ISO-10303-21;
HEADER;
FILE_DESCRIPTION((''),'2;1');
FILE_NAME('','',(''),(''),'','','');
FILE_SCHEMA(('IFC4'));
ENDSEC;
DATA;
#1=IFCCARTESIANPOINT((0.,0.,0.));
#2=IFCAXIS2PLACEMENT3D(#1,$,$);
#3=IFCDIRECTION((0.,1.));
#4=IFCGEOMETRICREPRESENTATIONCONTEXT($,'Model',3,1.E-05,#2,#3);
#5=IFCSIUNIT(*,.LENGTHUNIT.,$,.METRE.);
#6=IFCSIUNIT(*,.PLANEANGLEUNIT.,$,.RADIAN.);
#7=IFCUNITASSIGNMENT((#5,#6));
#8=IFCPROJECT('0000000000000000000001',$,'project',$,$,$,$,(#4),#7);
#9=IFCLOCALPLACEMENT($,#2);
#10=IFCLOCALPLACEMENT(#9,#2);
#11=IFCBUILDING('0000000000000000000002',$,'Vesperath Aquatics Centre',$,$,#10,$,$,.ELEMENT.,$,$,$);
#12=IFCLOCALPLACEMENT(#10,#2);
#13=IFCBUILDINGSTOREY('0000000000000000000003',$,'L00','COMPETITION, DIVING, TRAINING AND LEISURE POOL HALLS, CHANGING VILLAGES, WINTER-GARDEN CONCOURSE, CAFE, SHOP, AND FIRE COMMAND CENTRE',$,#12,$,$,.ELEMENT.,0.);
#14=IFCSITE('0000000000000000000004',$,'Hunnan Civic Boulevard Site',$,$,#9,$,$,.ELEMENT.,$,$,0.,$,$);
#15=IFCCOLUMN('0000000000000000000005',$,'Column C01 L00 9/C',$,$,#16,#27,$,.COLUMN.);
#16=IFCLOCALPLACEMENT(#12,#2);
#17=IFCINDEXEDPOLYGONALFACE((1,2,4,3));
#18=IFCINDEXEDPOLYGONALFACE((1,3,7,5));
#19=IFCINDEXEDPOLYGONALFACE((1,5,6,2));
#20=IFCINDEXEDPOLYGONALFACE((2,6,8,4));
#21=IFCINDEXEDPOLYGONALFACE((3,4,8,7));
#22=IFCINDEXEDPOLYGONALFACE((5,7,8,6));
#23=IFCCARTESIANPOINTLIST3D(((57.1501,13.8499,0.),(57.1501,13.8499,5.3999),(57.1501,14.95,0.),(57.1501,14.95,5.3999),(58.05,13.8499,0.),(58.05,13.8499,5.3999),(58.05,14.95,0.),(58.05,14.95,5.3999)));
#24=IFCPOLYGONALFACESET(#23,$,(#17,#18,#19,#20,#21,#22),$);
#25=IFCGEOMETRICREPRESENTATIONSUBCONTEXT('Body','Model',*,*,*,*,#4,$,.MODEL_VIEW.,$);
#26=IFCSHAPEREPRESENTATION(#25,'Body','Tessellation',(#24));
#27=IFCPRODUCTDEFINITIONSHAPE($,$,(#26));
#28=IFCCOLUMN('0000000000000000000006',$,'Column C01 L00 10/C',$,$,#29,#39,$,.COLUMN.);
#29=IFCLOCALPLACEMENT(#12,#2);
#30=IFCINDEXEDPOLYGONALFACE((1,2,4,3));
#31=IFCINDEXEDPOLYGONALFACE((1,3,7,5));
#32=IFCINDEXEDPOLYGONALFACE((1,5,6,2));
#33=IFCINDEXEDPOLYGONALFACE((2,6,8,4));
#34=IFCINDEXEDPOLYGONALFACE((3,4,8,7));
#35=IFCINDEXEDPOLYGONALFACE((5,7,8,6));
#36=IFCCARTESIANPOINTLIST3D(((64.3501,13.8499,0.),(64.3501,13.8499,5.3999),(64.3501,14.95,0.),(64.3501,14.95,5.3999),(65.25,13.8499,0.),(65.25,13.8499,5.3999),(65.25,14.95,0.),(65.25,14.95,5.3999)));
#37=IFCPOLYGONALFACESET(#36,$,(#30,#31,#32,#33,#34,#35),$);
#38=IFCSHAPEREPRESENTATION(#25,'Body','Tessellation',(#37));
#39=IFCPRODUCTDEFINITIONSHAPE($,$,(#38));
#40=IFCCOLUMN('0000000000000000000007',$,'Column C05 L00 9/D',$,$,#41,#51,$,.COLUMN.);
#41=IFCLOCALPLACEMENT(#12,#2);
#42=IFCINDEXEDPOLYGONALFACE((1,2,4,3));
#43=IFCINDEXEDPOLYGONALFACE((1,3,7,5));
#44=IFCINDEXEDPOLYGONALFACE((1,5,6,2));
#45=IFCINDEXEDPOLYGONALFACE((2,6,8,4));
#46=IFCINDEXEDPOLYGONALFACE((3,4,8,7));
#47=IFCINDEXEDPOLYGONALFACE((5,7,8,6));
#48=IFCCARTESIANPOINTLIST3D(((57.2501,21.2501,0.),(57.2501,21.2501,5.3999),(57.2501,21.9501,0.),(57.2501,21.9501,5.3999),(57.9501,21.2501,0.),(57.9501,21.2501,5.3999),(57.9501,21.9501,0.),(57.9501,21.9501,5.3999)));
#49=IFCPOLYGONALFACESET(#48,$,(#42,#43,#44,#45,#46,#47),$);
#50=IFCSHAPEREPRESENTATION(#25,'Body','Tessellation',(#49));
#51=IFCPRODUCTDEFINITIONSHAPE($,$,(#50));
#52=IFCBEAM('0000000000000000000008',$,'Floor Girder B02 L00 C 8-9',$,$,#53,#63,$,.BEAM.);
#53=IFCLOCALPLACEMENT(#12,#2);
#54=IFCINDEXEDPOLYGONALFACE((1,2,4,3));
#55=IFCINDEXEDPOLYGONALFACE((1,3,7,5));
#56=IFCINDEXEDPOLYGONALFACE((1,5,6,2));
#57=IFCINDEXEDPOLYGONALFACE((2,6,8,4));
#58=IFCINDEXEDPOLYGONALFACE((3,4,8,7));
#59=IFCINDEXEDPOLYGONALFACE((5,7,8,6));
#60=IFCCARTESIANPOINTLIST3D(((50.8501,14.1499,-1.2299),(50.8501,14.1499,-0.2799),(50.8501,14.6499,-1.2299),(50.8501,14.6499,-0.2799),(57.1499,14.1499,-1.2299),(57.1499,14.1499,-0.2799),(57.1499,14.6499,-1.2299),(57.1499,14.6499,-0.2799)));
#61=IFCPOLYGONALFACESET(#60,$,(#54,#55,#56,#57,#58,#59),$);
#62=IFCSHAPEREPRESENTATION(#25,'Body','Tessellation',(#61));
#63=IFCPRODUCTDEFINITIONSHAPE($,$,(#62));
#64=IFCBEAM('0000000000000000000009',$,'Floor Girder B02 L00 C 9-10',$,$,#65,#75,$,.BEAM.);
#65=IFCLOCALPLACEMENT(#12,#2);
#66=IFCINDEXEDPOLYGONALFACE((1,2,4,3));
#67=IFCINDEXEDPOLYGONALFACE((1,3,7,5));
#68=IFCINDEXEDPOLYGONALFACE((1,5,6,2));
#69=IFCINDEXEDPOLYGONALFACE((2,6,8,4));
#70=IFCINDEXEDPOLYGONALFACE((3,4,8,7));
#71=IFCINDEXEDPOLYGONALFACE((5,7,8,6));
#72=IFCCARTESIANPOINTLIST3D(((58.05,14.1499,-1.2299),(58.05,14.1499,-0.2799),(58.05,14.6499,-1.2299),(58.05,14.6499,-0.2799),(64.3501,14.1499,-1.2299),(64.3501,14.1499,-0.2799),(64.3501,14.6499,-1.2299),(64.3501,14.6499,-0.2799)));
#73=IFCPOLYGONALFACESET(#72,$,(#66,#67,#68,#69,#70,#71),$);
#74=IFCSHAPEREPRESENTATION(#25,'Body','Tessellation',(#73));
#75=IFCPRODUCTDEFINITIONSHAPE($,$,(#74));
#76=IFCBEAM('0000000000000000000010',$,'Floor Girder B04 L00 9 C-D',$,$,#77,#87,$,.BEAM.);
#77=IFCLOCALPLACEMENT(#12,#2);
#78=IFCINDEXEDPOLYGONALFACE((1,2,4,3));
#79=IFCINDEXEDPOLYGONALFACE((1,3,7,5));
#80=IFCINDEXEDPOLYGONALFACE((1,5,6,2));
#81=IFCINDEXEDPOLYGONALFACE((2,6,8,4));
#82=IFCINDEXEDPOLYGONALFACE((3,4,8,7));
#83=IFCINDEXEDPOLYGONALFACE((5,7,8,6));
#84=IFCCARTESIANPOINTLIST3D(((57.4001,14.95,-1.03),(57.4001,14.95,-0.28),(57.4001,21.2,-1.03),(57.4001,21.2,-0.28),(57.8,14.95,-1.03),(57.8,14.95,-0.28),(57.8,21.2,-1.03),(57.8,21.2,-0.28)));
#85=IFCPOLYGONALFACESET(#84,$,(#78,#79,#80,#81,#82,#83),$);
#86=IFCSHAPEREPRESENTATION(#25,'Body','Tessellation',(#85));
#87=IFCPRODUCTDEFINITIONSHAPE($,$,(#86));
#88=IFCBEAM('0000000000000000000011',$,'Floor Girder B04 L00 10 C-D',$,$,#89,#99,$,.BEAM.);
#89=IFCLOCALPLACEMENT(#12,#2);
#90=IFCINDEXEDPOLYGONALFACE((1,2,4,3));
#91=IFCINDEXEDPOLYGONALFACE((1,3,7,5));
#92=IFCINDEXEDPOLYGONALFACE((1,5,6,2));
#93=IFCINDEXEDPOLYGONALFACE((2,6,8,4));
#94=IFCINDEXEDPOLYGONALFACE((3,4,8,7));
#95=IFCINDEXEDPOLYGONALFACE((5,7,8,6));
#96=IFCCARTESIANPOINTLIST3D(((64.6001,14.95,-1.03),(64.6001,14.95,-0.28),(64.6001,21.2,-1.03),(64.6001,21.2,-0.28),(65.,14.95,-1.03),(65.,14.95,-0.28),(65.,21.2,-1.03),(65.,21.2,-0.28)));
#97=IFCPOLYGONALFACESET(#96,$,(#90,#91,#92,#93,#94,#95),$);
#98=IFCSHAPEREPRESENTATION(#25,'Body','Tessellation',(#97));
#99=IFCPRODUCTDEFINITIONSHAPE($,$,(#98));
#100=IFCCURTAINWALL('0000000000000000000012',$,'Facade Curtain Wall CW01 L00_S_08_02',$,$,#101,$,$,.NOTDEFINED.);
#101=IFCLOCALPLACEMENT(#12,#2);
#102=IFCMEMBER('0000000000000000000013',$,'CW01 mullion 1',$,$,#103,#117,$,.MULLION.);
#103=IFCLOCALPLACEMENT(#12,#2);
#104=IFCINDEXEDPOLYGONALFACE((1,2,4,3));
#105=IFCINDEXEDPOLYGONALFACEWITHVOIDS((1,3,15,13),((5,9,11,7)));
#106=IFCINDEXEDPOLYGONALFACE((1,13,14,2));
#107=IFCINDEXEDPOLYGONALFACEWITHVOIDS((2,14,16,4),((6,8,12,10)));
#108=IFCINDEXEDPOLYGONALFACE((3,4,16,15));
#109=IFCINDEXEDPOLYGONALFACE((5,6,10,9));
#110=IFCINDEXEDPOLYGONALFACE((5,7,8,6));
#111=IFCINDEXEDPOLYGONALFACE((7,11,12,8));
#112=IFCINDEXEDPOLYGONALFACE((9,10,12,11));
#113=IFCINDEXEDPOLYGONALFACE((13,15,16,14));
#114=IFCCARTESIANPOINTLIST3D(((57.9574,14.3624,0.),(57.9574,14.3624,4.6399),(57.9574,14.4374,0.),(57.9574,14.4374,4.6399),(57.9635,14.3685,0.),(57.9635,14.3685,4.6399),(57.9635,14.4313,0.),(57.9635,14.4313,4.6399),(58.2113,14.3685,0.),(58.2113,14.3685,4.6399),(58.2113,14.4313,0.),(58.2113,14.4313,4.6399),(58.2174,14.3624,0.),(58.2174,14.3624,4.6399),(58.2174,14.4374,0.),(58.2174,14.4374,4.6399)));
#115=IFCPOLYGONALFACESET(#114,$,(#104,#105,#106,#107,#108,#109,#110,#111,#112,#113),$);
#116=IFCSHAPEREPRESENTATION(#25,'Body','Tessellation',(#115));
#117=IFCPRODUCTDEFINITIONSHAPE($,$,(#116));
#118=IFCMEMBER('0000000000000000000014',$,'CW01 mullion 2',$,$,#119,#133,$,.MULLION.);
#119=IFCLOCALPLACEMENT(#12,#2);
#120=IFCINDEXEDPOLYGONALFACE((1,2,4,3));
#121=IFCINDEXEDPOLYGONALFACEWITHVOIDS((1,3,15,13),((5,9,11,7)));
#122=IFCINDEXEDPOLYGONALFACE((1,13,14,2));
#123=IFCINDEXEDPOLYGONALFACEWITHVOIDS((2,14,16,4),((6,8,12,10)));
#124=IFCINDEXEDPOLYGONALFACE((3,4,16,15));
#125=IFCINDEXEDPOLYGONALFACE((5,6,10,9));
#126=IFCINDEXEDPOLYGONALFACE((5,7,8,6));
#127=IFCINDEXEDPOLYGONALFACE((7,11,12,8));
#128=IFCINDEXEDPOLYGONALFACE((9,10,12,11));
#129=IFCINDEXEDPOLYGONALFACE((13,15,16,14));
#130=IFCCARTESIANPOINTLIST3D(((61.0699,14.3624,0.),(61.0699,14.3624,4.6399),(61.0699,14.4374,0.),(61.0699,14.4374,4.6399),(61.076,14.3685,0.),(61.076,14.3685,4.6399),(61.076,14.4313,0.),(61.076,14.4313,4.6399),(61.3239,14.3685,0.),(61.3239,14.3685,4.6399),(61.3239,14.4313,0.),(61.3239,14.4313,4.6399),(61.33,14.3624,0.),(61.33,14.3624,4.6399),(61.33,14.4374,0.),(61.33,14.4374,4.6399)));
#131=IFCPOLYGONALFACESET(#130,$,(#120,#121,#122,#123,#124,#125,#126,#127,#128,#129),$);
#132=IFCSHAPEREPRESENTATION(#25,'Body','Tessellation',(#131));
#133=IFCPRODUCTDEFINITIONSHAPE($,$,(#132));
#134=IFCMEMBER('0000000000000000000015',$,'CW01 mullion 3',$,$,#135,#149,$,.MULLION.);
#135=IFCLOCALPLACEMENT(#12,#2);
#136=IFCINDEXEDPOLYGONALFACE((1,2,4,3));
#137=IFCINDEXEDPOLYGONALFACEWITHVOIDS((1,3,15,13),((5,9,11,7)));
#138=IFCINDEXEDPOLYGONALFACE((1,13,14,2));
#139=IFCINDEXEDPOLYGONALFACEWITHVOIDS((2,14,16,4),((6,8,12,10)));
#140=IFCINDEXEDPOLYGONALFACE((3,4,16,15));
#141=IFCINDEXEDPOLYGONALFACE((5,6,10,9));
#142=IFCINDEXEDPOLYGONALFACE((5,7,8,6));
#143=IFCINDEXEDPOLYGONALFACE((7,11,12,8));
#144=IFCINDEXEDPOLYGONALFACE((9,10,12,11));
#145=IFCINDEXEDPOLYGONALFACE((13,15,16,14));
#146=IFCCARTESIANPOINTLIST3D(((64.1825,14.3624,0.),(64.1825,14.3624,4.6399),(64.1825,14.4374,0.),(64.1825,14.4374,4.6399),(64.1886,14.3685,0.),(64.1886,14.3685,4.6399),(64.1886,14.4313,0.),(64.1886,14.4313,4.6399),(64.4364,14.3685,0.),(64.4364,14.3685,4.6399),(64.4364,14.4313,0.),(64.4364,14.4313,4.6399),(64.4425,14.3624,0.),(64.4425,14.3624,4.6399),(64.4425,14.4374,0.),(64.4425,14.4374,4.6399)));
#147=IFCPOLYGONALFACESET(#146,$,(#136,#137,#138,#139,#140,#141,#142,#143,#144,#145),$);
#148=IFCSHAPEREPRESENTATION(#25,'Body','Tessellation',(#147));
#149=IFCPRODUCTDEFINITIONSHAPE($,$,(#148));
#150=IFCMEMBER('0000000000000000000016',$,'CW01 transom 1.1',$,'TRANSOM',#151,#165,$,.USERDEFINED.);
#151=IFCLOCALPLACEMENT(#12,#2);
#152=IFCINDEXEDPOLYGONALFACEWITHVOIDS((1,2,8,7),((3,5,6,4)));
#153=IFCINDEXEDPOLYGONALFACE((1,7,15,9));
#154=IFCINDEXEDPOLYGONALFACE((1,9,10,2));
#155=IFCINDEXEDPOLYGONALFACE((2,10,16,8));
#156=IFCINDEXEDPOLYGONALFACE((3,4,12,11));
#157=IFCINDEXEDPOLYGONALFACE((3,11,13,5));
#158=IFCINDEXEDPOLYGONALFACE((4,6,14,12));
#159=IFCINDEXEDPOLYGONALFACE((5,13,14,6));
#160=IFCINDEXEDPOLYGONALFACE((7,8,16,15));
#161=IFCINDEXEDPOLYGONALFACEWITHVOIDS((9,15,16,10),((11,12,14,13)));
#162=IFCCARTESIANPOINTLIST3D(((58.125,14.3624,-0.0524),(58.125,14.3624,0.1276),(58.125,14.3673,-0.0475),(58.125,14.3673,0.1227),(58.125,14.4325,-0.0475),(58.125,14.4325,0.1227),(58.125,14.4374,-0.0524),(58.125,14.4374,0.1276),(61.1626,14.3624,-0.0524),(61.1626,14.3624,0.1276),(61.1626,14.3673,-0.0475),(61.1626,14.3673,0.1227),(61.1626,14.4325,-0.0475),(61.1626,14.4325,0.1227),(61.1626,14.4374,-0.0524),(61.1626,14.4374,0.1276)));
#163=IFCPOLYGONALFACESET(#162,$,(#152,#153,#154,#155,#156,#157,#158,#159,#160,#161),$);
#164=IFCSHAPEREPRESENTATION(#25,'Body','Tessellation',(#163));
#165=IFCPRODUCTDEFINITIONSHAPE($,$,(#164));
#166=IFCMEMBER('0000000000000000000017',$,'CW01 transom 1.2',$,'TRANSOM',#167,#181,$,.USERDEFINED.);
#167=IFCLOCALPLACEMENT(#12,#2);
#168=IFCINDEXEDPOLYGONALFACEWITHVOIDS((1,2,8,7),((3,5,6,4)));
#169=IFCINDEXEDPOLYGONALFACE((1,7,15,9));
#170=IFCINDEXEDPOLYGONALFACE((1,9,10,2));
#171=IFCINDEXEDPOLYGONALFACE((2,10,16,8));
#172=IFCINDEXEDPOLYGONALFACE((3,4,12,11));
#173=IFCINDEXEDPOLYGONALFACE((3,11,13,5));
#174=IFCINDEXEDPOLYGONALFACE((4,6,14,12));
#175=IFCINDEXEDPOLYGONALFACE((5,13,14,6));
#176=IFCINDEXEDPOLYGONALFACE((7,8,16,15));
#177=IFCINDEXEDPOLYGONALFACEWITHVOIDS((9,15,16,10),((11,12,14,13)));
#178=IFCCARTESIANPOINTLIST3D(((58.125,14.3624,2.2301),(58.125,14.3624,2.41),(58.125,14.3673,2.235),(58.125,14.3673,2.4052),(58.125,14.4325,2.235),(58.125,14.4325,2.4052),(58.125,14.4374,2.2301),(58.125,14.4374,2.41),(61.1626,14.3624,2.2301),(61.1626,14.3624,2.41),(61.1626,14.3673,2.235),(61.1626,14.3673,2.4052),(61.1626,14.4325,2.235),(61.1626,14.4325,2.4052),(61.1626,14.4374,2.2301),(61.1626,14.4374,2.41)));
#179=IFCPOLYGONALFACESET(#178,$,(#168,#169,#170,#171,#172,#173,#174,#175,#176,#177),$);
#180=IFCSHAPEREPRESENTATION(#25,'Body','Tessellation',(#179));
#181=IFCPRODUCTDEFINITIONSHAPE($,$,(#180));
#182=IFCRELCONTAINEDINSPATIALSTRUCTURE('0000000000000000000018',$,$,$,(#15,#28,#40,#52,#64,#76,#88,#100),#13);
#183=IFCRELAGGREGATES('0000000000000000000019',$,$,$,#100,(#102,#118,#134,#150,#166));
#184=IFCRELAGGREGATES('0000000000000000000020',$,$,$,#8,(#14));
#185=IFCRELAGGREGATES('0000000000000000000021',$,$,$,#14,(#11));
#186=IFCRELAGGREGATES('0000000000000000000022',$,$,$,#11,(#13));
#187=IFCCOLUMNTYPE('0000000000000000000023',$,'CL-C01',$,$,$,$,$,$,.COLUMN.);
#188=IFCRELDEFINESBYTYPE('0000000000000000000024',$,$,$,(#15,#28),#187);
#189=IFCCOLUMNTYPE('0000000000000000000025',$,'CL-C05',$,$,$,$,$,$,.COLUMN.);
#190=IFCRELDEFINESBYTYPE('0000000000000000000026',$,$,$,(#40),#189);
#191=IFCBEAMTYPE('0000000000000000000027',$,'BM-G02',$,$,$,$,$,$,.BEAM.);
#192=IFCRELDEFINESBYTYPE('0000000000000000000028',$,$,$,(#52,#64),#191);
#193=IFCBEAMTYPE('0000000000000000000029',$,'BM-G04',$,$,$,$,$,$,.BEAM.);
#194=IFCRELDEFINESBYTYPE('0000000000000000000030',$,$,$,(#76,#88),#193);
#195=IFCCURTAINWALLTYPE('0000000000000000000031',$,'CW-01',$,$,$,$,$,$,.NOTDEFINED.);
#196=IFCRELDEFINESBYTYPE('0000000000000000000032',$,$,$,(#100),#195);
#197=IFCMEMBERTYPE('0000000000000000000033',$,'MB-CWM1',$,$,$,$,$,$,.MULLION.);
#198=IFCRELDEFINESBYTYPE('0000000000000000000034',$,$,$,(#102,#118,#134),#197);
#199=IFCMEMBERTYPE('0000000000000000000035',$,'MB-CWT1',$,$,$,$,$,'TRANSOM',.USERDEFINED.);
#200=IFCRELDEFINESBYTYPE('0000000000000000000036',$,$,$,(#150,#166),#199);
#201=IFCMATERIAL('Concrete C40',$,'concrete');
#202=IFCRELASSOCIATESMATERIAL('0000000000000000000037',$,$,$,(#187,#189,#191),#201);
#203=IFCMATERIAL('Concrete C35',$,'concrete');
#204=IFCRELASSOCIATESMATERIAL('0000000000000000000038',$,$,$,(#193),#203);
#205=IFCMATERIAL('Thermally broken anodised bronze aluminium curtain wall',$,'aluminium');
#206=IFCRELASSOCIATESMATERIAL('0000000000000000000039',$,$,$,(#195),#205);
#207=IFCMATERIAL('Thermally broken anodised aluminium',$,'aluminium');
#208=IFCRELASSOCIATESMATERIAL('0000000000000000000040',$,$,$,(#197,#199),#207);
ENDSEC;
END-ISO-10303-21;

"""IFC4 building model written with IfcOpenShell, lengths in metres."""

from ifc_helpers import new_model, si_unit, direction, frame, origin, origin_2d, place, context, subcontext, project, spatial, rectangle, hollow_rectangle, extrude, material, material_profile, profile_set, type_object, element, aggregate, save


model = new_model("IFC4")

# Units and contexts
model_context = context("Model", 3, precision=1e-05, world=origin(), true_north=direction((0.0, 1.0)))
body_context = subcontext(model_context, "Body", "Model", "MODEL_VIEW")
ifc_project = project(units=[si_unit("LENGTHUNIT", "METRE"), si_unit("PLANEANGLEUNIT", "RADIAN")], contexts=[model_context])

# Site, building, storey
site_placement = place(None, origin())
site = spatial("IfcSite", under=ifc_project, at=site_placement, Name="Hunnan Civic Boulevard Site", CompositionType="ELEMENT", RefElevation=0.0)
building_placement = place(site_placement, origin())
building = spatial("IfcBuilding", under=site, at=building_placement, Name="Vesperath Aquatics Centre", CompositionType="ELEMENT")
storey_placement = place(building_placement, origin())
storey = spatial("IfcBuildingStorey", under=building, at=storey_placement, Name="L00", Description="COMPETITION, DIVING, TRAINING AND LEISURE POOL HALLS, CHANGING VILLAGES, WINTER-GARDEN CONCOURSE, CAFE, SHOP, AND FIRE COMMAND CENTRE", CompositionType="ELEMENT", Elevation=0.0)

# Columns
ifc_material_1 = material(Name="Concrete C40", Category="concrete")
ifc_material_profile_1 = material_profile(ifc_material_1, rectangle(XDim=0.8999, YDim=1.1001, at=origin_2d()), Name="RC 1100x900")
ifc_profile_set_1 = profile_set([ifc_material_profile_1], Name="Concrete C40")
column_type_1 = type_object("IfcColumnType", Name="CL-C01", PredefinedType="COLUMN", material=ifc_profile_set_1)
for number, where, z_axis, x_axis, name in (
    (1, (57.6001, 14.3999, 0.0), (0.0, 0.0, 1.0), (1.0, 0.0, 0.0), "Column C01 L00 9/C"),
    (2, (64.8, 14.3999, 0.0), (0.0, 0.0, 1.0), (1.0, 0.0, 0.0), "Column C01 L00 10/C"),
):
    element("IfcColumn", number, at=place(storey_placement, frame(where, z_axis=z_axis, x_axis=x_axis)), inside=storey, type_object=column_type_1, Name=name, PredefinedType="COLUMN", context=body_context, shape_type="SweptSolid", body=[
        extrude(rectangle(XDim=0.8999, YDim=1.1001, at=origin_2d()), origin(), (0.0, 0.0, 1.0), 5.3999),
    ])
ifc_material_profile_2 = material_profile(ifc_material_1, rectangle(XDim=0.7, YDim=0.7, at=origin_2d()), Name="RC 700x700")
ifc_profile_set_2 = profile_set([ifc_material_profile_2], Name="Concrete C40")
column_type_2 = type_object("IfcColumnType", Name="CL-C05", PredefinedType="COLUMN", material=ifc_profile_set_2)
column_placement = place(storey_placement, frame((57.6001, 21.6001, 0.0), z_axis=(0.0, 0.0, 1.0), x_axis=(1.0, 0.0, 0.0)))
element("IfcColumn", 3, at=column_placement, inside=storey, type_object=column_type_2, Name="Column C05 L00 9/D", PredefinedType="COLUMN", context=body_context, shape_type="SweptSolid", body=[
    extrude(rectangle(XDim=0.7, YDim=0.7, at=origin_2d()), origin(), (0.0, 0.0, 1.0), 5.3999),
])

# Beams
ifc_material_profile_3 = material_profile(ifc_material_1, rectangle(XDim=0.5, YDim=0.95, at=origin_2d()), Name="RC 500x950")
ifc_profile_set_3 = profile_set([ifc_material_profile_3], Name="Concrete C40")
beam_type_1 = type_object("IfcBeamType", Name="BM-G02", PredefinedType="BEAM", material=ifc_profile_set_3)
beam_1_placement = place(storey_placement, frame((50.8501, 14.3999, -0.7549), z_axis=(1.0, 0.0, 0.0), x_axis=(0.0, 1.0, 0.0)))
element("IfcBeam", 4, at=beam_1_placement, inside=storey, type_object=beam_type_1, Name="Floor Girder B02 L00 C 8-9", PredefinedType="BEAM", context=body_context, shape_type="SweptSolid", body=[
    extrude(rectangle(XDim=0.5, YDim=0.95, at=origin_2d()), origin(), (0.0, 0.0, 1.0), 6.2998),
])
beam_2_placement = place(storey_placement, frame((58.05, 14.3999, -0.7549), z_axis=(1.0, 0.0, 0.0), x_axis=(0.0, 1.0, 0.0)))
element("IfcBeam", 5, at=beam_2_placement, inside=storey, type_object=beam_type_1, Name="Floor Girder B02 L00 C 9-10", PredefinedType="BEAM", context=body_context, shape_type="SweptSolid", body=[
    extrude(rectangle(XDim=0.5, YDim=0.95, at=origin_2d()), origin(), (0.0, 0.0, 1.0), 6.3),
])
ifc_material_2 = material(Name="Concrete C35", Category="concrete")
ifc_material_profile_4 = material_profile(ifc_material_2, rectangle(XDim=0.3999, YDim=0.75, at=origin_2d()), Name="RC 400x750")
ifc_profile_set_4 = profile_set([ifc_material_profile_4], Name="Concrete C35")
beam_type_2 = type_object("IfcBeamType", Name="BM-G04", PredefinedType="BEAM", material=ifc_profile_set_4)
for number, where, z_axis, x_axis, name in (
    (6, (57.6001, 14.95, -0.655), (0.0, 1.0, 0.0), (-1.0, 0.0, 0.0), "Floor Girder B04 L00 9 C-D"),
    (7, (64.8, 14.95, -0.655), (0.0, 1.0, 0.0), (-1.0, 0.0, 0.0), "Floor Girder B04 L00 10 C-D"),
):
    element("IfcBeam", number, at=place(storey_placement, frame(where, z_axis=z_axis, x_axis=x_axis)), inside=storey, type_object=beam_type_2, Name=name, PredefinedType="BEAM", context=body_context, shape_type="SweptSolid", body=[
        extrude(rectangle(XDim=0.3999, YDim=0.75, at=origin_2d()), origin(), (0.0, 0.0, 1.0), 6.25),
    ])

# Curtain wall, members
ifc_material_3 = material(Name="Thermally broken anodised bronze aluminium curtain wall", Category="aluminium")
curtain_wall_type = type_object("IfcCurtainWallType", Name="CW-01", PredefinedType="NOTDEFINED", material=ifc_material_3)
curtain_wall_placement = place(storey_placement, origin())
curtain_wall = element("IfcCurtainWall", 8, at=curtain_wall_placement, inside=storey, type_object=curtain_wall_type, Name="Facade Curtain Wall CW01 L00_S_08_02", PredefinedType="NOTDEFINED")
ifc_material_4 = material(Name="Thermally broken anodised aluminium", Category="aluminium")
ifc_material_profile_5 = material_profile(ifc_material_4, hollow_rectangle(XDim=0.075, YDim=0.26, WallThickness=0.0061, at=origin_2d()), Name="CWM 75x260x6")
ifc_profile_set_5 = profile_set([ifc_material_profile_5], Name="Thermally broken anodised aluminium")
member_type_1 = type_object("IfcMemberType", Name="MB-CWM1", PredefinedType="MULLION", material=ifc_profile_set_5)
member_1_placement = place(storey_placement, frame((58.0874, 14.3999, 0.0), z_axis=(0.0, 0.0, 1.0), x_axis=(0.0, 1.0, 0.0)))
member_1 = element("IfcMember", 9, at=member_1_placement, type_object=member_type_1, Name="CW01 mullion 1", PredefinedType="MULLION", context=body_context, shape_type="SweptSolid", body=[
    extrude(hollow_rectangle(XDim=0.075, YDim=0.26, WallThickness=0.0061, at=origin_2d()), origin(), (0.0, 0.0, 1.0), 4.6399),
])
member_2_placement = place(storey_placement, frame((61.2, 14.3999, 0.0), z_axis=(0.0, 0.0, 1.0), x_axis=(0.0, 1.0, 0.0)))
member_2 = element("IfcMember", 10, at=member_2_placement, type_object=member_type_1, Name="CW01 mullion 2", PredefinedType="MULLION", context=body_context, shape_type="SweptSolid", body=[
    extrude(hollow_rectangle(XDim=0.075, YDim=0.26, WallThickness=0.0061, at=origin_2d()), origin(), (0.0, 0.0, 1.0), 4.6399),
])
member_3_placement = place(storey_placement, frame((64.3125, 14.3999, 0.0), z_axis=(0.0, 0.0, 1.0), x_axis=(0.0, 1.0, 0.0)))
member_3 = element("IfcMember", 11, at=member_3_placement, type_object=member_type_1, Name="CW01 mullion 3", PredefinedType="MULLION", context=body_context, shape_type="SweptSolid", body=[
    extrude(hollow_rectangle(XDim=0.075, YDim=0.26, WallThickness=0.0061, at=origin_2d()), origin(), (0.0, 0.0, 1.0), 4.6399),
])
ifc_material_profile_6 = material_profile(ifc_material_4, hollow_rectangle(XDim=0.075, YDim=0.1799, WallThickness=0.0049, at=origin_2d()), Name="CWT 75x180x5")
ifc_profile_set_6 = profile_set([ifc_material_profile_6], Name="Thermally broken anodised aluminium")
member_type_2 = type_object("IfcMemberType", Name="MB-CWT1", ElementType="TRANSOM", PredefinedType="USERDEFINED", material=ifc_profile_set_6)
member_4_placement = place(storey_placement, frame((58.125, 14.3999, 0.0376), z_axis=(1.0, 0.0, 0.0), x_axis=(0.0, 1.0, 0.0)))
member_4 = element("IfcMember", 12, at=member_4_placement, type_object=member_type_2, Name="CW01 transom 1.1", ObjectType="TRANSOM", PredefinedType="USERDEFINED", context=body_context, shape_type="SweptSolid", body=[
    extrude(hollow_rectangle(XDim=0.075, YDim=0.1799, WallThickness=0.0049, at=origin_2d()), origin(), (0.0, 0.0, 1.0), 3.0376),
])
member_5_placement = place(storey_placement, frame((58.125, 14.3999, 2.3201), z_axis=(1.0, 0.0, 0.0), x_axis=(0.0, 1.0, 0.0)))
member_5 = element("IfcMember", 13, at=member_5_placement, type_object=member_type_2, Name="CW01 transom 1.2", ObjectType="TRANSOM", PredefinedType="USERDEFINED", context=body_context, shape_type="SweptSolid", body=[
    extrude(hollow_rectangle(XDim=0.075, YDim=0.1799, WallThickness=0.0049, at=origin_2d()), origin(), (0.0, 0.0, 1.0), 3.0376),
])
aggregate(curtain_wall, [member_1, member_2, member_3, member_4, member_5])

save(model, "model.ifc")
